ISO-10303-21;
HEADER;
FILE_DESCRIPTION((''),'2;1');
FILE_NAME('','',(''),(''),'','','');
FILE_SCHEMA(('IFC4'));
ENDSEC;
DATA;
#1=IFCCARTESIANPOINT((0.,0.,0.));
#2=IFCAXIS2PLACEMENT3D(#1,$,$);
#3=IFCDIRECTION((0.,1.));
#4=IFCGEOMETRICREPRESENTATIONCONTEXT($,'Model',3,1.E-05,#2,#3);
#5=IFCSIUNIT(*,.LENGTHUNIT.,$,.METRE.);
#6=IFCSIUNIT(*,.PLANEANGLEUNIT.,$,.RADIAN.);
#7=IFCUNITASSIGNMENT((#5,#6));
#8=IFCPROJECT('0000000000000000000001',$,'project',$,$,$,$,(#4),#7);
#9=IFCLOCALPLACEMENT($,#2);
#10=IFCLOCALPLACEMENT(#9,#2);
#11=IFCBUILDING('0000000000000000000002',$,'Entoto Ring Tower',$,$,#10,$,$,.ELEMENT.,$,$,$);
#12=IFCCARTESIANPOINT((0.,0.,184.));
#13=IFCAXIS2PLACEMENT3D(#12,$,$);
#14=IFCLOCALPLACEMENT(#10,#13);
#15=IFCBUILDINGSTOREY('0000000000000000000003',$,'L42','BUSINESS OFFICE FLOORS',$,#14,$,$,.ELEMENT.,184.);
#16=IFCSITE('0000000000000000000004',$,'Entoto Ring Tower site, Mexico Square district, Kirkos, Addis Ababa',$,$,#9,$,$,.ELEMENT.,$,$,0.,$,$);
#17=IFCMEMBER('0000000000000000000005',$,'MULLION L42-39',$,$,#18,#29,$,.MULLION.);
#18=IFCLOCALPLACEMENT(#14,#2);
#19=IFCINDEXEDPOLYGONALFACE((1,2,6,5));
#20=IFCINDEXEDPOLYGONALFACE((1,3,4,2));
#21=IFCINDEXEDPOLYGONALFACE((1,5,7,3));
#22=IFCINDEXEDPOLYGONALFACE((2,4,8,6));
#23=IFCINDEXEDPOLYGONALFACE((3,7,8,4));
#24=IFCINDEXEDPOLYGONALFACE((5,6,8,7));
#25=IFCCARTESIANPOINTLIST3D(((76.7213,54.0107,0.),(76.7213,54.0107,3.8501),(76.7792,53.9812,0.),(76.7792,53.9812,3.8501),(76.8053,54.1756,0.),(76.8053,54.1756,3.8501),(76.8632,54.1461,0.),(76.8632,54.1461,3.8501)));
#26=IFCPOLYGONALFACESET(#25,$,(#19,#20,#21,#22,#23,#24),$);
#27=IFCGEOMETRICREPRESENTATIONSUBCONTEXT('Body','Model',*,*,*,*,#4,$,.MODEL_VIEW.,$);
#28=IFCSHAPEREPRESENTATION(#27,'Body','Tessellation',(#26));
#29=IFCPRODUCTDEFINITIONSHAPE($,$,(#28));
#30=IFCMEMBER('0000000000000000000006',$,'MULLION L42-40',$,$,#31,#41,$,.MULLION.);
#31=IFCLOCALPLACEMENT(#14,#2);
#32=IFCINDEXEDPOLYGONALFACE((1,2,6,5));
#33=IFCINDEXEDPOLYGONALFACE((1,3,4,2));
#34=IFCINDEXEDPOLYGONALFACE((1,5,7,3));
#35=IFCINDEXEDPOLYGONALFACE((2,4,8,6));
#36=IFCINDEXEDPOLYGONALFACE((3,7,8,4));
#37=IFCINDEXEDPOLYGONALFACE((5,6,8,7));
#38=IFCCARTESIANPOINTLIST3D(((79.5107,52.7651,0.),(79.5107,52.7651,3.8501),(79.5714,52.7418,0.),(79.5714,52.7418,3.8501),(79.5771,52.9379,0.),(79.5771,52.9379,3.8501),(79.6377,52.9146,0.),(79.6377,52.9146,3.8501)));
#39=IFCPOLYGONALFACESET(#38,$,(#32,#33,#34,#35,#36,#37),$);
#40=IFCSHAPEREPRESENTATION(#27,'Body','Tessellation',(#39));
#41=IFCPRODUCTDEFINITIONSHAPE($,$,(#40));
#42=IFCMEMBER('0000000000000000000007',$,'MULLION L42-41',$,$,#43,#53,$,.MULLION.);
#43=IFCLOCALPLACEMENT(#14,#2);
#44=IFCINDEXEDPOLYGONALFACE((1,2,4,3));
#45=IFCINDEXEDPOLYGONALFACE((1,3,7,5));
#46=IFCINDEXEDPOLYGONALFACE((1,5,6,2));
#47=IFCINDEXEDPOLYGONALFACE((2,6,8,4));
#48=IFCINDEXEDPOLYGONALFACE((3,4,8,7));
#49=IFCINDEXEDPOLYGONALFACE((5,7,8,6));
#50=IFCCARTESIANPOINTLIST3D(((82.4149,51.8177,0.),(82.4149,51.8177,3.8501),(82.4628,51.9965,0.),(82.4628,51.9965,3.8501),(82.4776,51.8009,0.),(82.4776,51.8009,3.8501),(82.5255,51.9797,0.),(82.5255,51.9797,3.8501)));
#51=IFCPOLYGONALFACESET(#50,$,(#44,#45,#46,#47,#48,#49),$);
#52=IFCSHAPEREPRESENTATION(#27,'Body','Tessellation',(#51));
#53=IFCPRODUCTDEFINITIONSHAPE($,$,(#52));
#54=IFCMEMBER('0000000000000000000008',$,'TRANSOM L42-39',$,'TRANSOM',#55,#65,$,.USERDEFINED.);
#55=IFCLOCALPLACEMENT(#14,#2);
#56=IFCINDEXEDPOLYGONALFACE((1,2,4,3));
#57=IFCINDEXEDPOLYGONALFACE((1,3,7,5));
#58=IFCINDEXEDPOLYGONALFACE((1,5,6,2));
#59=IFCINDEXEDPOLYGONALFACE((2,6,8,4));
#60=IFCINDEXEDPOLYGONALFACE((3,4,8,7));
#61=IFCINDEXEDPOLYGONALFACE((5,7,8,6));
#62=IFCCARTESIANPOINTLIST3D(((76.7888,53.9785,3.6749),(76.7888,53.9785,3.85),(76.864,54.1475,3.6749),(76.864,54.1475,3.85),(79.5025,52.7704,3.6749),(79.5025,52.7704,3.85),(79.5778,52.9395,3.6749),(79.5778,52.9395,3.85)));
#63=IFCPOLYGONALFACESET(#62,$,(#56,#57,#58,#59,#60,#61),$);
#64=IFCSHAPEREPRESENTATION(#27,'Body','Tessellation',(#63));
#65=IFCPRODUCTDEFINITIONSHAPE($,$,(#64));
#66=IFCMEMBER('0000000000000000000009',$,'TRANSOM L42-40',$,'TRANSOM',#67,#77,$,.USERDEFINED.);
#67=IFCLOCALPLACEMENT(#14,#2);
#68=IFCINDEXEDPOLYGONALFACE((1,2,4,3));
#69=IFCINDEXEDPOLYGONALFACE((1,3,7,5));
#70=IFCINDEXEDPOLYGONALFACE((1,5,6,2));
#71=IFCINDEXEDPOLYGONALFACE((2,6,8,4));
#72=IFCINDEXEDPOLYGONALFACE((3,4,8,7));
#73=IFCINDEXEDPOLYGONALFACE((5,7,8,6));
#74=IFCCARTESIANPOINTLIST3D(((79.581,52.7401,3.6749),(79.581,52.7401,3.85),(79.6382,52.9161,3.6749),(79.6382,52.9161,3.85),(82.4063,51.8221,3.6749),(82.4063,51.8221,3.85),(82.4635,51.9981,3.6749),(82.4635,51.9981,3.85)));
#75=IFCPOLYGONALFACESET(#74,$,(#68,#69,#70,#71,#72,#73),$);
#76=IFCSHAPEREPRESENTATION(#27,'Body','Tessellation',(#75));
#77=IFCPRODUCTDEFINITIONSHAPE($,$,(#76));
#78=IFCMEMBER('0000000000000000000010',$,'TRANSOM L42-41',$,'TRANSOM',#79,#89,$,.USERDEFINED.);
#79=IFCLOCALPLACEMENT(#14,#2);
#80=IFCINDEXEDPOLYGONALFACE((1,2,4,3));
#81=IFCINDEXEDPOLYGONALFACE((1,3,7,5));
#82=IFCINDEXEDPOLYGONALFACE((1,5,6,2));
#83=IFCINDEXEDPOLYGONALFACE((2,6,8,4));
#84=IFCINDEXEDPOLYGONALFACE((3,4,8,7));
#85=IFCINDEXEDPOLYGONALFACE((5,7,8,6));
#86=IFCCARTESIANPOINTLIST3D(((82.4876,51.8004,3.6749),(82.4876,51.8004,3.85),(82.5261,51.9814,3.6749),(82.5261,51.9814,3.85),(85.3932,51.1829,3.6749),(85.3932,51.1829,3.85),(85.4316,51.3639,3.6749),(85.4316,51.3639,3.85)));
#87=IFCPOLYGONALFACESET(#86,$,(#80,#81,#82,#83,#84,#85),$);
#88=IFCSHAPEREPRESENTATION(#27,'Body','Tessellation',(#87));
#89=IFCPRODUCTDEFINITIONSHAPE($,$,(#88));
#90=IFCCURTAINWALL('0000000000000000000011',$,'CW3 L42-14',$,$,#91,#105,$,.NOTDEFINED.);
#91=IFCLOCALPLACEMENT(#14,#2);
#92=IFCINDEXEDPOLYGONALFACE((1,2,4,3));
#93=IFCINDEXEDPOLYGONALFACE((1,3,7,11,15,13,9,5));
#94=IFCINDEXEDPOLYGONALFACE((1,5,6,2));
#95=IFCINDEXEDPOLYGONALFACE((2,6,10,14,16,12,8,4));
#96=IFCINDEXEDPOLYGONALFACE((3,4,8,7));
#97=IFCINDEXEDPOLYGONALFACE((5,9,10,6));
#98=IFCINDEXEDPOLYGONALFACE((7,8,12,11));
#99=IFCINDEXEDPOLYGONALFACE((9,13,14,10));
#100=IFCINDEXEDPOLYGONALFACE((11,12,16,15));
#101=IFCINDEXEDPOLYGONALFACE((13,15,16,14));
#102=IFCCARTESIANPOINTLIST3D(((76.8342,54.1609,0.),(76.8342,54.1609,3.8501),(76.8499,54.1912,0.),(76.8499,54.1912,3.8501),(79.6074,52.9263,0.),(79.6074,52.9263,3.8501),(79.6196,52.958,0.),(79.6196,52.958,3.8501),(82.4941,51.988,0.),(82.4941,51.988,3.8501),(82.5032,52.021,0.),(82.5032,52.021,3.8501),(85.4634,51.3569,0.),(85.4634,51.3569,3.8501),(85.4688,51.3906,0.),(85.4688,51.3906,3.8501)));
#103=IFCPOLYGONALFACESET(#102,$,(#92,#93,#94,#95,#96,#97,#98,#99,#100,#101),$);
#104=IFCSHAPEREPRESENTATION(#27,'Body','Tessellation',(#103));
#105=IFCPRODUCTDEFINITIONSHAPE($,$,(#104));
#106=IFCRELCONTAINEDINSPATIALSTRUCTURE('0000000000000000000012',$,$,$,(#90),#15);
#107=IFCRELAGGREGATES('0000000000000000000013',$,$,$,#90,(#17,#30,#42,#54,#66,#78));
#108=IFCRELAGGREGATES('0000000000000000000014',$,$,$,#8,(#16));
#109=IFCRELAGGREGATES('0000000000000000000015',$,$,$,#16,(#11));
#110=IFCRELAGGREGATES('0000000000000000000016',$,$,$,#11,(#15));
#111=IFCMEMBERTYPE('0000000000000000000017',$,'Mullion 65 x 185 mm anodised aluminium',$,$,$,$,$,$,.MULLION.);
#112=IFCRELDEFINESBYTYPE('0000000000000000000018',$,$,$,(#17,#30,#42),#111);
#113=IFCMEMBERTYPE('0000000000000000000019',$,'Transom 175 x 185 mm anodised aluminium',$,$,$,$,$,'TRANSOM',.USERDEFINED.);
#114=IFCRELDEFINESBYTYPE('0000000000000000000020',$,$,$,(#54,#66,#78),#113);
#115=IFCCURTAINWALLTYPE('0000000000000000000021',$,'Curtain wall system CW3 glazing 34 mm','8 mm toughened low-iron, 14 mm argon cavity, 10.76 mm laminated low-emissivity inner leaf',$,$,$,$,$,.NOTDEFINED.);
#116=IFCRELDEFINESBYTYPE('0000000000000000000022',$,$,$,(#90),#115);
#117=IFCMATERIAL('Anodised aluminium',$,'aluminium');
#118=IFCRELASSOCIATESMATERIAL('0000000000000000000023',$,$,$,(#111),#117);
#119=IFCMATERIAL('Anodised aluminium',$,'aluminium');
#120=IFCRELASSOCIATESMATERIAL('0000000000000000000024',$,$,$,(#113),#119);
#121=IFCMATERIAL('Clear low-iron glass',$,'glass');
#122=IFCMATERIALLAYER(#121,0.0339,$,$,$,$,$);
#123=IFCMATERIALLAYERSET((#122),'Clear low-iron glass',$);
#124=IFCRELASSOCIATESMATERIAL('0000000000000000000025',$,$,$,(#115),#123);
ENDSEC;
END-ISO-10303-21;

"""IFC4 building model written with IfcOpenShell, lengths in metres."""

from ifc_helpers import new_model, si_unit, direction, frame, origin, origin_2d, place, context, subcontext, project, spatial, polyline, rectangle, outline, extrude, material, layer, layer_set, material_profile, profile_set, type_object, element, aggregate, save


model = new_model("IFC4")

# Units and contexts
model_context = context("Model", 3, precision=1e-05, world=origin(), true_north=direction((0.0, 1.0)))
body_context = subcontext(model_context, "Body", "Model", "MODEL_VIEW")
ifc_project = project(units=[si_unit("LENGTHUNIT", "METRE"), si_unit("PLANEANGLEUNIT", "RADIAN")], contexts=[model_context])

# Members
ifc_material_1 = material(Name="Anodised aluminium", Category="aluminium")
ifc_material_profile_1 = material_profile(ifc_material_1, rectangle(XDim=0.0649, YDim=0.1851, at=origin_2d()), Name="Mullion 65 x 185 mm anodised aluminium")
ifc_profile_set_1 = profile_set([ifc_material_profile_1], Name="Anodised aluminium")
member_type_1 = type_object("IfcMemberType", Name="Mullion 65 x 185 mm anodised aluminium", PredefinedType="MULLION", material=ifc_profile_set_1)
site_placement = place(None, origin())
building_placement = place(site_placement, origin())
storey_placement = place(building_placement, frame((0.0, 0.0, 184.0)))
member_1_placement = place(storey_placement, frame((76.7922, 54.0784, 0.0), z_axis=(0.0, 0.0, 1.0), x_axis=(0.891007, -0.45399, 0.0)))
member_1 = element("IfcMember", 1, at=member_1_placement, type_object=member_type_1, Name="MULLION L42-39", PredefinedType="MULLION", context=body_context, shape_type="SweptSolid", body=[
    extrude(rectangle(XDim=0.0649, YDim=0.1851, at=origin_2d()), origin(), (0.0, 0.0, 1.0), 3.8501),
])
member_2_placement = place(storey_placement, frame((79.5742, 52.8398, 0.0), z_axis=(0.0, 0.0, 1.0), x_axis=(0.93358, -0.358368, 0.0)))
member_2 = element("IfcMember", 2, at=member_2_placement, type_object=member_type_1, Name="MULLION L42-40", PredefinedType="MULLION", context=body_context, shape_type="SweptSolid", body=[
    extrude(rectangle(XDim=0.0649, YDim=0.1851, at=origin_2d()), origin(), (0.0, 0.0, 1.0), 3.8501),
])
member_3_placement = place(storey_placement, frame((82.4702, 51.8987, 0.0), z_axis=(0.0, 0.0, 1.0), x_axis=(0.965926, -0.258819, 0.0)))
member_3 = element("IfcMember", 3, at=member_3_placement, type_object=member_type_1, Name="MULLION L42-41", PredefinedType="MULLION", context=body_context, shape_type="SweptSolid", body=[
    extrude(rectangle(XDim=0.0649, YDim=0.1851, at=origin_2d()), origin(), (0.0, 0.0, 1.0), 3.8501),
])
ifc_material_2 = material(Name="Anodised aluminium", Category="aluminium")
ifc_material_profile_2 = material_profile(ifc_material_2, rectangle(XDim=0.1851, YDim=0.175, at=origin_2d()), Name="Transom 175 x 185 mm anodised aluminium")
ifc_profile_set_2 = profile_set([ifc_material_profile_2], Name="Anodised aluminium")
member_type_2 = type_object("IfcMemberType", Name="Transom 175 x 185 mm anodised aluminium", ElementType="TRANSOM", PredefinedType="USERDEFINED", material=ifc_profile_set_2)
member_4_placement = place(storey_placement, frame((76.8264, 54.063, 3.7625), z_axis=(0.913567, -0.406687, 0.0), x_axis=(0.406687, 0.913567, 0.0)))
member_4 = element("IfcMember", 4, at=member_4_placement, type_object=member_type_2, Name="TRANSOM L42-39", ObjectType="TRANSOM", PredefinedType="USERDEFINED", context=body_context, shape_type="SweptSolid", body=[
    extrude(rectangle(XDim=0.1851, YDim=0.175, at=origin_2d()), origin(), (0.0, 0.0, 1.0), 2.9705),
])
member_5_placement = place(storey_placement, frame((79.6096, 52.8281, 3.7625), z_axis=(0.951056, -0.309019, 0.0), x_axis=(0.309019, 0.951056, 0.0)))
member_5 = element("IfcMember", 5, at=member_5_placement, type_object=member_type_2, Name="TRANSOM L42-40", ObjectType="TRANSOM", PredefinedType="USERDEFINED", context=body_context, shape_type="SweptSolid", body=[
    extrude(rectangle(XDim=0.1851, YDim=0.175, at=origin_2d()), origin(), (0.0, 0.0, 1.0), 2.9707),
])
member_6_placement = place(storey_placement, frame((82.5068, 51.8909, 3.7625), z_axis=(0.978158, -0.207862, 0.0), x_axis=(0.207862, 0.978158, 0.0)))
member_6 = element("IfcMember", 6, at=member_6_placement, type_object=member_type_2, Name="TRANSOM L42-41", ObjectType="TRANSOM", PredefinedType="USERDEFINED", context=body_context, shape_type="SweptSolid", body=[
    extrude(rectangle(XDim=0.1851, YDim=0.175, at=origin_2d()), origin(), (0.0, 0.0, 1.0), 2.9705),
])

# Site, building, storey
site = spatial("IfcSite", under=ifc_project, at=site_placement, Name="Entoto Ring Tower site, Mexico Square district, Kirkos, Addis Ababa", CompositionType="ELEMENT", RefElevation=0.0)
building = spatial("IfcBuilding", under=site, at=building_placement, Name="Entoto Ring Tower", CompositionType="ELEMENT")
storey = spatial("IfcBuildingStorey", under=building, at=storey_placement, Name="L42", Description="BUSINESS OFFICE FLOORS", CompositionType="ELEMENT", Elevation=184.0)

# Curtain wall
ifc_material_3 = material(Name="Clear low-iron glass", Category="glass")
ifc_layer = layer(ifc_material_3, 0.0339)
ifc_layer_set = layer_set([ifc_layer], Name="Clear low-iron glass")
curtain_wall_type = type_object("IfcCurtainWallType", Name="Curtain wall system CW3 glazing 34 mm", Description="8 mm toughened low-iron, 14 mm argon cavity, 10.76 mm laminated low-emissivity inner leaf", PredefinedType="NOTDEFINED", material=ifc_layer_set)
curtain_wall_1_placement = place(storey_placement, origin())
curtain_wall_1 = element("IfcCurtainWall", 7, at=curtain_wall_1_placement, inside=storey, type_object=curtain_wall_type, Name="CW3 L42-14", PredefinedType="NOTDEFINED", context=body_context, shape_type="SweptSolid", body=[
    extrude(outline(polyline([(76.8342, 54.1609), (79.6074, 52.9263), (82.4941, 51.988), (85.4634, 51.3569), (85.4688, 51.3906), (82.5032, 52.021), (79.6196, 52.958), (76.8499, 54.1912), (76.8342, 54.1609)])), origin(), (0.0, 0.0, 1.0), 3.8501),
])
aggregate(curtain_wall_1, [member_1, member_2, member_3, member_4, member_5, member_6])

save(model, "model.ifc")
